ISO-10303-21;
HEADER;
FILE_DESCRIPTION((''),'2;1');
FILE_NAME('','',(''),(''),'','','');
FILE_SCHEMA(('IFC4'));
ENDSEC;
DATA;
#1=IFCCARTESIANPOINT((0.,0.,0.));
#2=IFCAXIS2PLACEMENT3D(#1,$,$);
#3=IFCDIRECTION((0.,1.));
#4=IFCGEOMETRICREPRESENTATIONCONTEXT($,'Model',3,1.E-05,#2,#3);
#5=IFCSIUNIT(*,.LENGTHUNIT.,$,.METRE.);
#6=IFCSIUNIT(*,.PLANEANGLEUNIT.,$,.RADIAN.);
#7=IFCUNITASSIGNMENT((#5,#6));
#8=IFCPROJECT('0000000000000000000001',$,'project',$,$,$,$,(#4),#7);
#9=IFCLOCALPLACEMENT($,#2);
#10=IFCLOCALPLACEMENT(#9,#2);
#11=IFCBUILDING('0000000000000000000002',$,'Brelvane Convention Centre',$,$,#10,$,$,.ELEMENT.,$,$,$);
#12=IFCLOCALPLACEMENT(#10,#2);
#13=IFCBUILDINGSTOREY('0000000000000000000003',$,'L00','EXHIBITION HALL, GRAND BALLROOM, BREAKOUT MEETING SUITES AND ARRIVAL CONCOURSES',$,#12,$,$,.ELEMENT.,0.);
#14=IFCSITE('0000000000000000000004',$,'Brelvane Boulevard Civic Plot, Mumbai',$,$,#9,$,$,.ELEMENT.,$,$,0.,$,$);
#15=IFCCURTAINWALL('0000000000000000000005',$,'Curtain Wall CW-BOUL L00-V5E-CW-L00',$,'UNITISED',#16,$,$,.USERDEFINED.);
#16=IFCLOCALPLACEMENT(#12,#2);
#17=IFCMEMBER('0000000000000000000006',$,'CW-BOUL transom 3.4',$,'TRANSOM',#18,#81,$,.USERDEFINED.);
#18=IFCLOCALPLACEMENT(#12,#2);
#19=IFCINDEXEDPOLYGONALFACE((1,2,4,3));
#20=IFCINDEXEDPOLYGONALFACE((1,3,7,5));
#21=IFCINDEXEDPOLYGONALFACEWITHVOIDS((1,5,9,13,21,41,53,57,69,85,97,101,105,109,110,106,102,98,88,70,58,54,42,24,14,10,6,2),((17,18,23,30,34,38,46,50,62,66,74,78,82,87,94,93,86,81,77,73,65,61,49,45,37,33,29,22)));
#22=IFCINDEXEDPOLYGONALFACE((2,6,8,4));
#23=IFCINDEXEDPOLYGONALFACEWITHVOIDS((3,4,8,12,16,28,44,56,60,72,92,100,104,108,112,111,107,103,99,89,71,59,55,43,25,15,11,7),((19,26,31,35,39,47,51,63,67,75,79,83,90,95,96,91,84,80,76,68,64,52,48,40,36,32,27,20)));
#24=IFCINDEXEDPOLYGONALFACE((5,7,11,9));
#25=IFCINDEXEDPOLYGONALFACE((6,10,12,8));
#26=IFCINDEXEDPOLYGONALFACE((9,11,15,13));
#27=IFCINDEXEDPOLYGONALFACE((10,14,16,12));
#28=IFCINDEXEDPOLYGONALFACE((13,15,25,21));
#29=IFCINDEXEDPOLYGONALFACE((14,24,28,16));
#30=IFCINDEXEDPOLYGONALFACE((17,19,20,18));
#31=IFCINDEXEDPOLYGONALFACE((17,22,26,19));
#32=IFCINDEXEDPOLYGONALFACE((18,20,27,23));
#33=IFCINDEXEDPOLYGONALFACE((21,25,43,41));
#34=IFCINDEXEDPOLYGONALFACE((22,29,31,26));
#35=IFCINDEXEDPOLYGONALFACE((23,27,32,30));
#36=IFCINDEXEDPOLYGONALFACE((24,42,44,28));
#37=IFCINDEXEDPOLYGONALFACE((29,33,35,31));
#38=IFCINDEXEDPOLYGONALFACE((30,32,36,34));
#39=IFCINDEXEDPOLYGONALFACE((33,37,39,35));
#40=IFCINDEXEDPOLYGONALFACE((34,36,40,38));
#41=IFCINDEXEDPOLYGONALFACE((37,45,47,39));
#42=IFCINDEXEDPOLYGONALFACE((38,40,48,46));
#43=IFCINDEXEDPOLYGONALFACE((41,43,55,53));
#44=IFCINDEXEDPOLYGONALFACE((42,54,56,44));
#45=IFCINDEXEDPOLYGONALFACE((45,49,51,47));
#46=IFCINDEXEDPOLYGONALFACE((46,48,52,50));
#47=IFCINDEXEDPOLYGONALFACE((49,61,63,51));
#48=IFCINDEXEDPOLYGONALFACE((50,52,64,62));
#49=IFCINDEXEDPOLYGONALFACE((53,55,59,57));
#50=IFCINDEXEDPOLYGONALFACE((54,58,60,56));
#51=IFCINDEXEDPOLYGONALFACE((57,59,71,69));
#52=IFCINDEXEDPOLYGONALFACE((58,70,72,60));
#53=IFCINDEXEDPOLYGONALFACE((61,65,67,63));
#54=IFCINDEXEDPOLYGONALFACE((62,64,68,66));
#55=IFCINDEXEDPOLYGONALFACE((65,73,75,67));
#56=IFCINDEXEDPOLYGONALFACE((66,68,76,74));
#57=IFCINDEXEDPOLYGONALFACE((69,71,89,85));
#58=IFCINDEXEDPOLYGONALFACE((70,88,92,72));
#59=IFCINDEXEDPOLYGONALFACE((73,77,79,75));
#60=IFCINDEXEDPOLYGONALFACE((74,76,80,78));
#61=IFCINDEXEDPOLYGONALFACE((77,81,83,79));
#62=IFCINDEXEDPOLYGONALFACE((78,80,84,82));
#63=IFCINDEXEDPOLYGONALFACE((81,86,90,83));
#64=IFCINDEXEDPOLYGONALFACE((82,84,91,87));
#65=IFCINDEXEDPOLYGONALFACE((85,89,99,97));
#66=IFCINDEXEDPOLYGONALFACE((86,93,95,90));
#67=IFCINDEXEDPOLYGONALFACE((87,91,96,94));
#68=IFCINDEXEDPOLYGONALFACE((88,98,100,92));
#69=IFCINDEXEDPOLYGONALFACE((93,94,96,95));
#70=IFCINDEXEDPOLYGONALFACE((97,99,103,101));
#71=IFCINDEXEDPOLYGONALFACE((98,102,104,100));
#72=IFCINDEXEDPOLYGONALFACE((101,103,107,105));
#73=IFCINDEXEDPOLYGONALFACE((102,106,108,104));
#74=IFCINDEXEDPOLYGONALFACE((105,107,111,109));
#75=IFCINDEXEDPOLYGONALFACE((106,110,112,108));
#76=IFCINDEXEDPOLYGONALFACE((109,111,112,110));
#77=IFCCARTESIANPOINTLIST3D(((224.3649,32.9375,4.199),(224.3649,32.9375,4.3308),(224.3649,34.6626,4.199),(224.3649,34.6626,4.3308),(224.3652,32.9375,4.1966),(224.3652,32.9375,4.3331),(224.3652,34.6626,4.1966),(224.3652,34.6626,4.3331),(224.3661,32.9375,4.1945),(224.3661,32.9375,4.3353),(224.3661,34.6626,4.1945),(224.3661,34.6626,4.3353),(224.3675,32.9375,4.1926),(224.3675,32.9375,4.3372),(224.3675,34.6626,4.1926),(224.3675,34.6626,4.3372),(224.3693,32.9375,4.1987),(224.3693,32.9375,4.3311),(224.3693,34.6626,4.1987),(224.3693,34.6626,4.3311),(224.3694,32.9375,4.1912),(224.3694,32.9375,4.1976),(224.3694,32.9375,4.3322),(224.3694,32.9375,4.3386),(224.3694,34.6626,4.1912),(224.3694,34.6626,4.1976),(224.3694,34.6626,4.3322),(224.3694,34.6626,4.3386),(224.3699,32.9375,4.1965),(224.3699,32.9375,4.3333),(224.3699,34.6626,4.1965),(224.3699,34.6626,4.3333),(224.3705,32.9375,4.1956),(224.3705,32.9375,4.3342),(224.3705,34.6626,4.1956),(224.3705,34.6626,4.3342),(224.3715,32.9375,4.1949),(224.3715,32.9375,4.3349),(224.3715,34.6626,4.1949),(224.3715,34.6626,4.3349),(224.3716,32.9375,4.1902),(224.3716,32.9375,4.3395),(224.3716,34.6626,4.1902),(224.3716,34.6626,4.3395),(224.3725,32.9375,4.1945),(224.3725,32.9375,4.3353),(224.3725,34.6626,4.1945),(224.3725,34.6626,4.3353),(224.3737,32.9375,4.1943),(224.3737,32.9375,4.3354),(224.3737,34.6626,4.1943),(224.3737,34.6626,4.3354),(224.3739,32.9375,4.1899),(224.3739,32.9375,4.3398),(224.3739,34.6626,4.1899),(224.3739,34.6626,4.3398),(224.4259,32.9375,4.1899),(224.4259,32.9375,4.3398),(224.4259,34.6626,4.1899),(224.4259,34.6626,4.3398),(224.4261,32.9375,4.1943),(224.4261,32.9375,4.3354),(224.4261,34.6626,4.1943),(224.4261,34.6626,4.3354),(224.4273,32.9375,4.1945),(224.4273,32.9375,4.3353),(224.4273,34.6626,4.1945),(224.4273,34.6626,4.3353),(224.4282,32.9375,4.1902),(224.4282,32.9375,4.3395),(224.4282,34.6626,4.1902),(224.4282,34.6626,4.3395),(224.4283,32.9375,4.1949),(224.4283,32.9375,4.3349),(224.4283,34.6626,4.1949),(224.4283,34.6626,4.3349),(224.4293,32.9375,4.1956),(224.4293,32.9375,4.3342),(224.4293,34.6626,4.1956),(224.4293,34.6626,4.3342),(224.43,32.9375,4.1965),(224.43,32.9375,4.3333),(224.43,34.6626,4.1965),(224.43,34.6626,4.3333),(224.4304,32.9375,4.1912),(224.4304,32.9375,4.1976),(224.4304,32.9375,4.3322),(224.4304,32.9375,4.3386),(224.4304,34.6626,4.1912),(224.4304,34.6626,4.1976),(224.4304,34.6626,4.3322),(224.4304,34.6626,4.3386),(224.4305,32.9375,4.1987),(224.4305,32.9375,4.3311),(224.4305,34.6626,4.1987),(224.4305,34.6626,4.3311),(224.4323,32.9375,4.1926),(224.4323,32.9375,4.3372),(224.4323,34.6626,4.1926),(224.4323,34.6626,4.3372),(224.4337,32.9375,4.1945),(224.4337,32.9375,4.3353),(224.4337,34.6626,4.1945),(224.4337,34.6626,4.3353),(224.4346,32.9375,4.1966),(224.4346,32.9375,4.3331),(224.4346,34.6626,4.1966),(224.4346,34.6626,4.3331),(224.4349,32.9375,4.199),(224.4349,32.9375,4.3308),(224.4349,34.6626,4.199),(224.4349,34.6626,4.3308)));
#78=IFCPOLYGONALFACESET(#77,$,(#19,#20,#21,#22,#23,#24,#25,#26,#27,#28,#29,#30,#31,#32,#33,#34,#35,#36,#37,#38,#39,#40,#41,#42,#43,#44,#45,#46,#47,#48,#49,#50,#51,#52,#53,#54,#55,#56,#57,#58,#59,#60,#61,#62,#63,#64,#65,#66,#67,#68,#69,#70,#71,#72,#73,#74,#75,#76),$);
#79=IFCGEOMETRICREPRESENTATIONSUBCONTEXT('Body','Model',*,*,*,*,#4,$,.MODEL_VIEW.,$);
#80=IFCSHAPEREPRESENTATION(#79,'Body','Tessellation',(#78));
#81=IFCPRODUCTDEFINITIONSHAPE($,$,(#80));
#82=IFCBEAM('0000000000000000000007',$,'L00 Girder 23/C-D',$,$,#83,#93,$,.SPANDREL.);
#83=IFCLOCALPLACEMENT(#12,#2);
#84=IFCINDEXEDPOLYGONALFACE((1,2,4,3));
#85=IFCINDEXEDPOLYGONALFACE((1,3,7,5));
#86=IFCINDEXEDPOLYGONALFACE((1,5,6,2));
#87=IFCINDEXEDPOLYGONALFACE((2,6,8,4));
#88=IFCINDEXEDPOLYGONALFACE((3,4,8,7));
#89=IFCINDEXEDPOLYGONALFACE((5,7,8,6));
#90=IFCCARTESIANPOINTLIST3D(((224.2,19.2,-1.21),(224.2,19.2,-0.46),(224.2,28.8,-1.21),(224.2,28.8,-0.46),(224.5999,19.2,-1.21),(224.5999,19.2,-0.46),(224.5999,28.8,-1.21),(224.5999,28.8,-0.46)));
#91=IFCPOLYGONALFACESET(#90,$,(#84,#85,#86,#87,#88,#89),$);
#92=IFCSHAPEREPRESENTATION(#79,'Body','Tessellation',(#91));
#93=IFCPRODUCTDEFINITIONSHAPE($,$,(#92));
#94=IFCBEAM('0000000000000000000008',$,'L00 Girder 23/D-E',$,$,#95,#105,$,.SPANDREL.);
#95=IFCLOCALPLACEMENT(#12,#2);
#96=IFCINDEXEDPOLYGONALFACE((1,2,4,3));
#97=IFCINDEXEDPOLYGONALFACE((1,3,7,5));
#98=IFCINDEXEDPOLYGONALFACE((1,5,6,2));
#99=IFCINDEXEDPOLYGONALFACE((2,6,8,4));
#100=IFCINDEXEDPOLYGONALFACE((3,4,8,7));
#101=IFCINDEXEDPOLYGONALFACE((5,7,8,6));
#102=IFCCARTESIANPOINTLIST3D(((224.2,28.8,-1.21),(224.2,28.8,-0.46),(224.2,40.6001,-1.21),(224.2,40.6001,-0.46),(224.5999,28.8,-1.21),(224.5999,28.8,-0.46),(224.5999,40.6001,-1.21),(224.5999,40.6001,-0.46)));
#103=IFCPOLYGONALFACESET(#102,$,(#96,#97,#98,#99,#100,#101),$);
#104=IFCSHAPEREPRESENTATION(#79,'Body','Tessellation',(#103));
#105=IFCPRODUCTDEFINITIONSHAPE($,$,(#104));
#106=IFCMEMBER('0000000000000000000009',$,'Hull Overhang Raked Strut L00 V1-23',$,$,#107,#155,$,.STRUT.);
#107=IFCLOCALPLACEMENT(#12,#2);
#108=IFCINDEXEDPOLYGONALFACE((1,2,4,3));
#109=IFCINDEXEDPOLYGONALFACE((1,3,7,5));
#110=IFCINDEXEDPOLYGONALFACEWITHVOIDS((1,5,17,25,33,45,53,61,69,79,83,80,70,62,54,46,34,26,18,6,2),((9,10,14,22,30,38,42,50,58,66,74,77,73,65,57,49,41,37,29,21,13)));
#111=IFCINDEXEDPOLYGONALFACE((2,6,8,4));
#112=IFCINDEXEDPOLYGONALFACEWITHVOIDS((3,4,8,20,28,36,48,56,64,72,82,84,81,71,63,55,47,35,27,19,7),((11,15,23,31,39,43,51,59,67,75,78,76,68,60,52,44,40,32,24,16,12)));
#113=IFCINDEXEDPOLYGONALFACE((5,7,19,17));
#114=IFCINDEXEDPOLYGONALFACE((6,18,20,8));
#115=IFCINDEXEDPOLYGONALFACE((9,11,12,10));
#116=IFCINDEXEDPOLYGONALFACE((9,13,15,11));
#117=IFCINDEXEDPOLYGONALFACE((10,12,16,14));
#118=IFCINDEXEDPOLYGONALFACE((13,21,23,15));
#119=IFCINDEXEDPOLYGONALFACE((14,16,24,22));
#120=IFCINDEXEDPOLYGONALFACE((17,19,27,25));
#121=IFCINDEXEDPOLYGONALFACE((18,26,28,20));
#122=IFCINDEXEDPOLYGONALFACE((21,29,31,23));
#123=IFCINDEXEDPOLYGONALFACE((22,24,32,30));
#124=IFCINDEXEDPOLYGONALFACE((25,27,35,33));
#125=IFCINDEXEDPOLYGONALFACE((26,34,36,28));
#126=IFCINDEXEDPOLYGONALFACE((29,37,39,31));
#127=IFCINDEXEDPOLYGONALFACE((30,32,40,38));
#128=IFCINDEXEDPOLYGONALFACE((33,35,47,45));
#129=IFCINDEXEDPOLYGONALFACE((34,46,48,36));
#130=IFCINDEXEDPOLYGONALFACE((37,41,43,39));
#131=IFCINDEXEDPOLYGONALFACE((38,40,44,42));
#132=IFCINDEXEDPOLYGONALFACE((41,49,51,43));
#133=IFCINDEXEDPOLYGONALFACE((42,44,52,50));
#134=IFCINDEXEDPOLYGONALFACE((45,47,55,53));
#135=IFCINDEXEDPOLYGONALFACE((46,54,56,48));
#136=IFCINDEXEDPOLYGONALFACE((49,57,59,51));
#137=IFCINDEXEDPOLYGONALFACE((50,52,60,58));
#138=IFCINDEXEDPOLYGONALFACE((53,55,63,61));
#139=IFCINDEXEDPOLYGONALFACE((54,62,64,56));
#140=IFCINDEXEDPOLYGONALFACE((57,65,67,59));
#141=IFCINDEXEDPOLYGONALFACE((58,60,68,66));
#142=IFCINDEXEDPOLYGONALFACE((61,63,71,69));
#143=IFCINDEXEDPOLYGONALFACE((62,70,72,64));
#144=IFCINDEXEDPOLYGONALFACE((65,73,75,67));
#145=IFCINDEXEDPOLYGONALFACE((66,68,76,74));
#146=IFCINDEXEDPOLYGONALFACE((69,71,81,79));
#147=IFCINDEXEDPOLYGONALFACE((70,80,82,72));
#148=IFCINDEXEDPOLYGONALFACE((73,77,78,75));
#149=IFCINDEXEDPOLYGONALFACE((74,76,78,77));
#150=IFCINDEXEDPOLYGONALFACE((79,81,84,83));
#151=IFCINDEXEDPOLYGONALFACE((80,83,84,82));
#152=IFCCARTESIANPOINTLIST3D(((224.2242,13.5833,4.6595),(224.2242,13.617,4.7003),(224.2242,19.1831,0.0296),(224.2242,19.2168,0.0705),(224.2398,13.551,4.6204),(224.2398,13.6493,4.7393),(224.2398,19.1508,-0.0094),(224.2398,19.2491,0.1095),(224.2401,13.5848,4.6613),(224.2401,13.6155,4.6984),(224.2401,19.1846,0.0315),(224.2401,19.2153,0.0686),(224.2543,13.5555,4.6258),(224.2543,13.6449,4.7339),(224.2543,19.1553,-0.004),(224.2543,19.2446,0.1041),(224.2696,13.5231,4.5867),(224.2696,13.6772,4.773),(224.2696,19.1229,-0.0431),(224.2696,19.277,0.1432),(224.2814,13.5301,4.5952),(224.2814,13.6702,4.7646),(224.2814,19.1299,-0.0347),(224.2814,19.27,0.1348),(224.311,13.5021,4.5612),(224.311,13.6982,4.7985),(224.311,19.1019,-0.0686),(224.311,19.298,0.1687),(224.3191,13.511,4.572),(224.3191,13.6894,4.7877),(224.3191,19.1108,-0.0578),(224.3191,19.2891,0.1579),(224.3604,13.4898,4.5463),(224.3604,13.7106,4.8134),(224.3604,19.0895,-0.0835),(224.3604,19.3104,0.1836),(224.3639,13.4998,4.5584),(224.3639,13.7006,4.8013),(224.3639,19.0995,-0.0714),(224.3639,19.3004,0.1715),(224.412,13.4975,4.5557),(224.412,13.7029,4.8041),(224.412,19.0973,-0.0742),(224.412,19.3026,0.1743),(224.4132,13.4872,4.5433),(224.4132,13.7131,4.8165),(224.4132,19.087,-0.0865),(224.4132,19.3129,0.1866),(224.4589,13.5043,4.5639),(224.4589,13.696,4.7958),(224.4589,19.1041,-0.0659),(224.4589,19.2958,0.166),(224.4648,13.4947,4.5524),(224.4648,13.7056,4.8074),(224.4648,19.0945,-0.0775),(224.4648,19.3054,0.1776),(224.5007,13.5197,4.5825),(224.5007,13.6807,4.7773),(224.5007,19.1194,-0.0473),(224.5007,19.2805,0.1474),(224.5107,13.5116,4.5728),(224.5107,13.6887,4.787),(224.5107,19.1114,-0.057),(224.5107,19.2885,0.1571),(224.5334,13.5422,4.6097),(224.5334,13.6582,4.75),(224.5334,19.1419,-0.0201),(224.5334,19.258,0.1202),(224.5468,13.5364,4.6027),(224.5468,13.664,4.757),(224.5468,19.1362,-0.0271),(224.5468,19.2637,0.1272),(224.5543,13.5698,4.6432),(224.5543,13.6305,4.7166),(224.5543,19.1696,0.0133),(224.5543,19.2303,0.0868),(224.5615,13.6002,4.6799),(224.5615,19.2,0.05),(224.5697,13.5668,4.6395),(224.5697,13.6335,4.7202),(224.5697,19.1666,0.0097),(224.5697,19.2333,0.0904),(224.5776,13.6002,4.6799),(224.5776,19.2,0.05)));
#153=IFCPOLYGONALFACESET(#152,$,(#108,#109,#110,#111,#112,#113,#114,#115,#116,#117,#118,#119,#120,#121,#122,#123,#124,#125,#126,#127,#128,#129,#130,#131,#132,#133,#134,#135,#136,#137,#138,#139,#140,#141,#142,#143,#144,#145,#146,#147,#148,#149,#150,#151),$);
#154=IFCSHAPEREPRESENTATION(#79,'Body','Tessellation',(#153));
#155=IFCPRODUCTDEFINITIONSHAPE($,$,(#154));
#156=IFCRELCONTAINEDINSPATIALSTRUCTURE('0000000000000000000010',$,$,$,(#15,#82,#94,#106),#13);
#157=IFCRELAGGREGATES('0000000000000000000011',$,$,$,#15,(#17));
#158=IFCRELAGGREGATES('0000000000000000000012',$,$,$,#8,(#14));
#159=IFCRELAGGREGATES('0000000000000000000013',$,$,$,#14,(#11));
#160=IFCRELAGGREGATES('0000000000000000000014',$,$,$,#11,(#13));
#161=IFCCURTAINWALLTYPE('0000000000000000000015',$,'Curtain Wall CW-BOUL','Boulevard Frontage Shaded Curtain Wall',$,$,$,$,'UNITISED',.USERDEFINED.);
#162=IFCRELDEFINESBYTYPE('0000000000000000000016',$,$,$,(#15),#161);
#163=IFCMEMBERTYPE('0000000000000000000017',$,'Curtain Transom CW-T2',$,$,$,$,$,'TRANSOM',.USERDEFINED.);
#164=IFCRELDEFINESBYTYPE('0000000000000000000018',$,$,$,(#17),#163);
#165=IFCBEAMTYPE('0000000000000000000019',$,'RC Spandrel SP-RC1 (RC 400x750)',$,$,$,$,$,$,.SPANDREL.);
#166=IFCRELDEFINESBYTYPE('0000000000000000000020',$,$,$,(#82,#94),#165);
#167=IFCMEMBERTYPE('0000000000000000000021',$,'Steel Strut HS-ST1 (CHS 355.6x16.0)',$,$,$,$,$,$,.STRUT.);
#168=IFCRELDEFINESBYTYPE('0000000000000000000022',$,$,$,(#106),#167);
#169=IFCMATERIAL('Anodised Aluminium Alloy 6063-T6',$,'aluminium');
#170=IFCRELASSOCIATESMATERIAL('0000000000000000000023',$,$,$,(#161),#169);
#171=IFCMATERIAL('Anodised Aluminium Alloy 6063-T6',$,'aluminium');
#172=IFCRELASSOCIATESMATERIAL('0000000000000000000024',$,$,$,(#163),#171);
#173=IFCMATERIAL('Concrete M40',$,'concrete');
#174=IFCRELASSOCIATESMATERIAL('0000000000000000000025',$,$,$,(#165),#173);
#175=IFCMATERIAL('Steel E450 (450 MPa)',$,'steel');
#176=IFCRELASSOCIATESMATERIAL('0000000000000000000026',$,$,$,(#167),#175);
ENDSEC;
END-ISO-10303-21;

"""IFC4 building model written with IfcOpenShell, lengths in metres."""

from ifc_helpers import new_model, si_unit, direction, frame, origin, origin_2d, place, context, subcontext, project, spatial, rectangle, hollow_rectangle, hollow_circle, extrude, material, material_profile, profile_set, type_object, element, aggregate, save


model = new_model("IFC4")

# Units and contexts
model_context = context("Model", 3, precision=1e-05, world=origin(), true_north=direction((0.0, 1.0)))
body_context = subcontext(model_context, "Body", "Model", "MODEL_VIEW")
ifc_project = project(units=[si_unit("LENGTHUNIT", "METRE"), si_unit("PLANEANGLEUNIT", "RADIAN")], contexts=[model_context])

# Site, building, storey
site_placement = place(None, origin())
site = spatial("IfcSite", under=ifc_project, at=site_placement, Name="Brelvane Boulevard Civic Plot, Mumbai", CompositionType="ELEMENT", RefElevation=0.0)
building_placement = place(site_placement, origin())
building = spatial("IfcBuilding", under=site, at=building_placement, Name="Brelvane Convention Centre", CompositionType="ELEMENT")
storey_placement = place(building_placement, origin())
storey = spatial("IfcBuildingStorey", under=building, at=storey_placement, Name="L00", Description="EXHIBITION HALL, GRAND BALLROOM, BREAKOUT MEETING SUITES AND ARRIVAL CONCOURSES", CompositionType="ELEMENT", Elevation=0.0)

# Curtain wall, member
ifc_material_1 = material(Name="Anodised Aluminium Alloy 6063-T6", Category="aluminium")
curtain_wall_type = type_object("IfcCurtainWallType", Name="Curtain Wall CW-BOUL", Description="Boulevard Frontage Shaded Curtain Wall", ElementType="UNITISED", PredefinedType="USERDEFINED", material=ifc_material_1)
curtain_wall_placement = place(storey_placement, origin())
curtain_wall = element("IfcCurtainWall", 1, at=curtain_wall_placement, inside=storey, type_object=curtain_wall_type, Name="Curtain Wall CW-BOUL L00-V5E-CW-L00", ObjectType="UNITISED", PredefinedType="USERDEFINED")
ifc_material_2 = material(Name="Anodised Aluminium Alloy 6063-T6", Category="aluminium")
ifc_material_profile_1 = material_profile(ifc_material_2, hollow_rectangle(XDim=0.0701, YDim=0.1499, WallThickness=0.0044, InnerFilletRadius=0.0044, OuterFilletRadius=0.009, at=origin_2d()), Name="ALU-T 150x70x4.5")
ifc_profile_set_1 = profile_set([ifc_material_profile_1], Name="Anodised Aluminium Alloy 6063-T6")
member_type_1 = type_object("IfcMemberType", Name="Curtain Transom CW-T2", ElementType="TRANSOM", PredefinedType="USERDEFINED", material=ifc_profile_set_1)
member_1_placement = place(storey_placement, frame((224.3999, 32.9375, 4.2649), z_axis=(0.0, 1.0, 0.0), x_axis=(-1.0, 0.0, 0.0)))
member_1 = element("IfcMember", 2, at=member_1_placement, type_object=member_type_1, Name="CW-BOUL transom 3.4", ObjectType="TRANSOM", PredefinedType="USERDEFINED", context=body_context, shape_type="SweptSolid", body=[
    extrude(hollow_rectangle(XDim=0.0701, YDim=0.1499, WallThickness=0.0044, InnerFilletRadius=0.0044, OuterFilletRadius=0.009, at=origin_2d()), origin(), (0.0, 0.0, 1.0), 1.7251),
])

# Beams
ifc_material_3 = material(Name="Concrete M40", Category="concrete")
ifc_material_profile_2 = material_profile(ifc_material_3, rectangle(XDim=0.3999, YDim=0.75, at=origin_2d()), Name="RC 400x750")
ifc_profile_set_2 = profile_set([ifc_material_profile_2], Name="Concrete M40")
beam_type = type_object("IfcBeamType", Name="RC Spandrel SP-RC1 (RC 400x750)", PredefinedType="SPANDREL", material=ifc_profile_set_2)
beam_1_placement = place(storey_placement, frame((224.3999, 19.2, -0.835), z_axis=(0.0, 1.0, 0.0), x_axis=(-1.0, 0.0, 0.0)))
element("IfcBeam", 3, at=beam_1_placement, inside=storey, type_object=beam_type, Name="L00 Girder 23/C-D", PredefinedType="SPANDREL", context=body_context, shape_type="SweptSolid", body=[
    extrude(rectangle(XDim=0.3999, YDim=0.75, at=origin_2d()), origin(), (0.0, 0.0, 1.0), 9.6001),
])
beam_2_placement = place(storey_placement, frame((224.3999, 28.8, -0.835), z_axis=(0.0, 1.0, 0.0), x_axis=(-1.0, 0.0, 0.0)))
element("IfcBeam", 4, at=beam_2_placement, inside=storey, type_object=beam_type, Name="L00 Girder 23/D-E", PredefinedType="SPANDREL", context=body_context, shape_type="SweptSolid", body=[
    extrude(rectangle(XDim=0.3999, YDim=0.75, at=origin_2d()), origin(), (0.0, 0.0, 1.0), 11.8),
])

# Member
ifc_material_4 = material(Name="Steel E450 (450 MPa)", Category="steel")
ifc_material_profile_3 = material_profile(ifc_material_4, hollow_circle(Radius=0.1777, WallThickness=0.0161, at=origin_2d()), Name="CHS 355.6x16.0")
ifc_profile_set_3 = profile_set([ifc_material_profile_3], Name="Steel E450 (450 MPa)")
member_type_2 = type_object("IfcMemberType", Name="Steel Strut HS-ST1 (CHS 355.6x16.0)", PredefinedType="STRUT", material=ifc_profile_set_3)
member_2_placement = place(storey_placement, frame((224.3999, 19.2, 0.05), z_axis=(0.0, -0.770697, 0.637202), x_axis=(1.0, 0.0, 0.0)))
element("IfcMember", 5, at=member_2_placement, inside=storey, type_object=member_type_2, Name="Hull Overhang Raked Strut L00 V1-23", PredefinedType="STRUT", context=body_context, shape_type="SweptSolid", body=[
    extrude(hollow_circle(Radius=0.1777, WallThickness=0.0161, at=origin_2d()), origin(), (0.0, 0.0, 1.0), 7.2659),
])

aggregate(curtain_wall, [member_1])

save(model, "model.ifc")
